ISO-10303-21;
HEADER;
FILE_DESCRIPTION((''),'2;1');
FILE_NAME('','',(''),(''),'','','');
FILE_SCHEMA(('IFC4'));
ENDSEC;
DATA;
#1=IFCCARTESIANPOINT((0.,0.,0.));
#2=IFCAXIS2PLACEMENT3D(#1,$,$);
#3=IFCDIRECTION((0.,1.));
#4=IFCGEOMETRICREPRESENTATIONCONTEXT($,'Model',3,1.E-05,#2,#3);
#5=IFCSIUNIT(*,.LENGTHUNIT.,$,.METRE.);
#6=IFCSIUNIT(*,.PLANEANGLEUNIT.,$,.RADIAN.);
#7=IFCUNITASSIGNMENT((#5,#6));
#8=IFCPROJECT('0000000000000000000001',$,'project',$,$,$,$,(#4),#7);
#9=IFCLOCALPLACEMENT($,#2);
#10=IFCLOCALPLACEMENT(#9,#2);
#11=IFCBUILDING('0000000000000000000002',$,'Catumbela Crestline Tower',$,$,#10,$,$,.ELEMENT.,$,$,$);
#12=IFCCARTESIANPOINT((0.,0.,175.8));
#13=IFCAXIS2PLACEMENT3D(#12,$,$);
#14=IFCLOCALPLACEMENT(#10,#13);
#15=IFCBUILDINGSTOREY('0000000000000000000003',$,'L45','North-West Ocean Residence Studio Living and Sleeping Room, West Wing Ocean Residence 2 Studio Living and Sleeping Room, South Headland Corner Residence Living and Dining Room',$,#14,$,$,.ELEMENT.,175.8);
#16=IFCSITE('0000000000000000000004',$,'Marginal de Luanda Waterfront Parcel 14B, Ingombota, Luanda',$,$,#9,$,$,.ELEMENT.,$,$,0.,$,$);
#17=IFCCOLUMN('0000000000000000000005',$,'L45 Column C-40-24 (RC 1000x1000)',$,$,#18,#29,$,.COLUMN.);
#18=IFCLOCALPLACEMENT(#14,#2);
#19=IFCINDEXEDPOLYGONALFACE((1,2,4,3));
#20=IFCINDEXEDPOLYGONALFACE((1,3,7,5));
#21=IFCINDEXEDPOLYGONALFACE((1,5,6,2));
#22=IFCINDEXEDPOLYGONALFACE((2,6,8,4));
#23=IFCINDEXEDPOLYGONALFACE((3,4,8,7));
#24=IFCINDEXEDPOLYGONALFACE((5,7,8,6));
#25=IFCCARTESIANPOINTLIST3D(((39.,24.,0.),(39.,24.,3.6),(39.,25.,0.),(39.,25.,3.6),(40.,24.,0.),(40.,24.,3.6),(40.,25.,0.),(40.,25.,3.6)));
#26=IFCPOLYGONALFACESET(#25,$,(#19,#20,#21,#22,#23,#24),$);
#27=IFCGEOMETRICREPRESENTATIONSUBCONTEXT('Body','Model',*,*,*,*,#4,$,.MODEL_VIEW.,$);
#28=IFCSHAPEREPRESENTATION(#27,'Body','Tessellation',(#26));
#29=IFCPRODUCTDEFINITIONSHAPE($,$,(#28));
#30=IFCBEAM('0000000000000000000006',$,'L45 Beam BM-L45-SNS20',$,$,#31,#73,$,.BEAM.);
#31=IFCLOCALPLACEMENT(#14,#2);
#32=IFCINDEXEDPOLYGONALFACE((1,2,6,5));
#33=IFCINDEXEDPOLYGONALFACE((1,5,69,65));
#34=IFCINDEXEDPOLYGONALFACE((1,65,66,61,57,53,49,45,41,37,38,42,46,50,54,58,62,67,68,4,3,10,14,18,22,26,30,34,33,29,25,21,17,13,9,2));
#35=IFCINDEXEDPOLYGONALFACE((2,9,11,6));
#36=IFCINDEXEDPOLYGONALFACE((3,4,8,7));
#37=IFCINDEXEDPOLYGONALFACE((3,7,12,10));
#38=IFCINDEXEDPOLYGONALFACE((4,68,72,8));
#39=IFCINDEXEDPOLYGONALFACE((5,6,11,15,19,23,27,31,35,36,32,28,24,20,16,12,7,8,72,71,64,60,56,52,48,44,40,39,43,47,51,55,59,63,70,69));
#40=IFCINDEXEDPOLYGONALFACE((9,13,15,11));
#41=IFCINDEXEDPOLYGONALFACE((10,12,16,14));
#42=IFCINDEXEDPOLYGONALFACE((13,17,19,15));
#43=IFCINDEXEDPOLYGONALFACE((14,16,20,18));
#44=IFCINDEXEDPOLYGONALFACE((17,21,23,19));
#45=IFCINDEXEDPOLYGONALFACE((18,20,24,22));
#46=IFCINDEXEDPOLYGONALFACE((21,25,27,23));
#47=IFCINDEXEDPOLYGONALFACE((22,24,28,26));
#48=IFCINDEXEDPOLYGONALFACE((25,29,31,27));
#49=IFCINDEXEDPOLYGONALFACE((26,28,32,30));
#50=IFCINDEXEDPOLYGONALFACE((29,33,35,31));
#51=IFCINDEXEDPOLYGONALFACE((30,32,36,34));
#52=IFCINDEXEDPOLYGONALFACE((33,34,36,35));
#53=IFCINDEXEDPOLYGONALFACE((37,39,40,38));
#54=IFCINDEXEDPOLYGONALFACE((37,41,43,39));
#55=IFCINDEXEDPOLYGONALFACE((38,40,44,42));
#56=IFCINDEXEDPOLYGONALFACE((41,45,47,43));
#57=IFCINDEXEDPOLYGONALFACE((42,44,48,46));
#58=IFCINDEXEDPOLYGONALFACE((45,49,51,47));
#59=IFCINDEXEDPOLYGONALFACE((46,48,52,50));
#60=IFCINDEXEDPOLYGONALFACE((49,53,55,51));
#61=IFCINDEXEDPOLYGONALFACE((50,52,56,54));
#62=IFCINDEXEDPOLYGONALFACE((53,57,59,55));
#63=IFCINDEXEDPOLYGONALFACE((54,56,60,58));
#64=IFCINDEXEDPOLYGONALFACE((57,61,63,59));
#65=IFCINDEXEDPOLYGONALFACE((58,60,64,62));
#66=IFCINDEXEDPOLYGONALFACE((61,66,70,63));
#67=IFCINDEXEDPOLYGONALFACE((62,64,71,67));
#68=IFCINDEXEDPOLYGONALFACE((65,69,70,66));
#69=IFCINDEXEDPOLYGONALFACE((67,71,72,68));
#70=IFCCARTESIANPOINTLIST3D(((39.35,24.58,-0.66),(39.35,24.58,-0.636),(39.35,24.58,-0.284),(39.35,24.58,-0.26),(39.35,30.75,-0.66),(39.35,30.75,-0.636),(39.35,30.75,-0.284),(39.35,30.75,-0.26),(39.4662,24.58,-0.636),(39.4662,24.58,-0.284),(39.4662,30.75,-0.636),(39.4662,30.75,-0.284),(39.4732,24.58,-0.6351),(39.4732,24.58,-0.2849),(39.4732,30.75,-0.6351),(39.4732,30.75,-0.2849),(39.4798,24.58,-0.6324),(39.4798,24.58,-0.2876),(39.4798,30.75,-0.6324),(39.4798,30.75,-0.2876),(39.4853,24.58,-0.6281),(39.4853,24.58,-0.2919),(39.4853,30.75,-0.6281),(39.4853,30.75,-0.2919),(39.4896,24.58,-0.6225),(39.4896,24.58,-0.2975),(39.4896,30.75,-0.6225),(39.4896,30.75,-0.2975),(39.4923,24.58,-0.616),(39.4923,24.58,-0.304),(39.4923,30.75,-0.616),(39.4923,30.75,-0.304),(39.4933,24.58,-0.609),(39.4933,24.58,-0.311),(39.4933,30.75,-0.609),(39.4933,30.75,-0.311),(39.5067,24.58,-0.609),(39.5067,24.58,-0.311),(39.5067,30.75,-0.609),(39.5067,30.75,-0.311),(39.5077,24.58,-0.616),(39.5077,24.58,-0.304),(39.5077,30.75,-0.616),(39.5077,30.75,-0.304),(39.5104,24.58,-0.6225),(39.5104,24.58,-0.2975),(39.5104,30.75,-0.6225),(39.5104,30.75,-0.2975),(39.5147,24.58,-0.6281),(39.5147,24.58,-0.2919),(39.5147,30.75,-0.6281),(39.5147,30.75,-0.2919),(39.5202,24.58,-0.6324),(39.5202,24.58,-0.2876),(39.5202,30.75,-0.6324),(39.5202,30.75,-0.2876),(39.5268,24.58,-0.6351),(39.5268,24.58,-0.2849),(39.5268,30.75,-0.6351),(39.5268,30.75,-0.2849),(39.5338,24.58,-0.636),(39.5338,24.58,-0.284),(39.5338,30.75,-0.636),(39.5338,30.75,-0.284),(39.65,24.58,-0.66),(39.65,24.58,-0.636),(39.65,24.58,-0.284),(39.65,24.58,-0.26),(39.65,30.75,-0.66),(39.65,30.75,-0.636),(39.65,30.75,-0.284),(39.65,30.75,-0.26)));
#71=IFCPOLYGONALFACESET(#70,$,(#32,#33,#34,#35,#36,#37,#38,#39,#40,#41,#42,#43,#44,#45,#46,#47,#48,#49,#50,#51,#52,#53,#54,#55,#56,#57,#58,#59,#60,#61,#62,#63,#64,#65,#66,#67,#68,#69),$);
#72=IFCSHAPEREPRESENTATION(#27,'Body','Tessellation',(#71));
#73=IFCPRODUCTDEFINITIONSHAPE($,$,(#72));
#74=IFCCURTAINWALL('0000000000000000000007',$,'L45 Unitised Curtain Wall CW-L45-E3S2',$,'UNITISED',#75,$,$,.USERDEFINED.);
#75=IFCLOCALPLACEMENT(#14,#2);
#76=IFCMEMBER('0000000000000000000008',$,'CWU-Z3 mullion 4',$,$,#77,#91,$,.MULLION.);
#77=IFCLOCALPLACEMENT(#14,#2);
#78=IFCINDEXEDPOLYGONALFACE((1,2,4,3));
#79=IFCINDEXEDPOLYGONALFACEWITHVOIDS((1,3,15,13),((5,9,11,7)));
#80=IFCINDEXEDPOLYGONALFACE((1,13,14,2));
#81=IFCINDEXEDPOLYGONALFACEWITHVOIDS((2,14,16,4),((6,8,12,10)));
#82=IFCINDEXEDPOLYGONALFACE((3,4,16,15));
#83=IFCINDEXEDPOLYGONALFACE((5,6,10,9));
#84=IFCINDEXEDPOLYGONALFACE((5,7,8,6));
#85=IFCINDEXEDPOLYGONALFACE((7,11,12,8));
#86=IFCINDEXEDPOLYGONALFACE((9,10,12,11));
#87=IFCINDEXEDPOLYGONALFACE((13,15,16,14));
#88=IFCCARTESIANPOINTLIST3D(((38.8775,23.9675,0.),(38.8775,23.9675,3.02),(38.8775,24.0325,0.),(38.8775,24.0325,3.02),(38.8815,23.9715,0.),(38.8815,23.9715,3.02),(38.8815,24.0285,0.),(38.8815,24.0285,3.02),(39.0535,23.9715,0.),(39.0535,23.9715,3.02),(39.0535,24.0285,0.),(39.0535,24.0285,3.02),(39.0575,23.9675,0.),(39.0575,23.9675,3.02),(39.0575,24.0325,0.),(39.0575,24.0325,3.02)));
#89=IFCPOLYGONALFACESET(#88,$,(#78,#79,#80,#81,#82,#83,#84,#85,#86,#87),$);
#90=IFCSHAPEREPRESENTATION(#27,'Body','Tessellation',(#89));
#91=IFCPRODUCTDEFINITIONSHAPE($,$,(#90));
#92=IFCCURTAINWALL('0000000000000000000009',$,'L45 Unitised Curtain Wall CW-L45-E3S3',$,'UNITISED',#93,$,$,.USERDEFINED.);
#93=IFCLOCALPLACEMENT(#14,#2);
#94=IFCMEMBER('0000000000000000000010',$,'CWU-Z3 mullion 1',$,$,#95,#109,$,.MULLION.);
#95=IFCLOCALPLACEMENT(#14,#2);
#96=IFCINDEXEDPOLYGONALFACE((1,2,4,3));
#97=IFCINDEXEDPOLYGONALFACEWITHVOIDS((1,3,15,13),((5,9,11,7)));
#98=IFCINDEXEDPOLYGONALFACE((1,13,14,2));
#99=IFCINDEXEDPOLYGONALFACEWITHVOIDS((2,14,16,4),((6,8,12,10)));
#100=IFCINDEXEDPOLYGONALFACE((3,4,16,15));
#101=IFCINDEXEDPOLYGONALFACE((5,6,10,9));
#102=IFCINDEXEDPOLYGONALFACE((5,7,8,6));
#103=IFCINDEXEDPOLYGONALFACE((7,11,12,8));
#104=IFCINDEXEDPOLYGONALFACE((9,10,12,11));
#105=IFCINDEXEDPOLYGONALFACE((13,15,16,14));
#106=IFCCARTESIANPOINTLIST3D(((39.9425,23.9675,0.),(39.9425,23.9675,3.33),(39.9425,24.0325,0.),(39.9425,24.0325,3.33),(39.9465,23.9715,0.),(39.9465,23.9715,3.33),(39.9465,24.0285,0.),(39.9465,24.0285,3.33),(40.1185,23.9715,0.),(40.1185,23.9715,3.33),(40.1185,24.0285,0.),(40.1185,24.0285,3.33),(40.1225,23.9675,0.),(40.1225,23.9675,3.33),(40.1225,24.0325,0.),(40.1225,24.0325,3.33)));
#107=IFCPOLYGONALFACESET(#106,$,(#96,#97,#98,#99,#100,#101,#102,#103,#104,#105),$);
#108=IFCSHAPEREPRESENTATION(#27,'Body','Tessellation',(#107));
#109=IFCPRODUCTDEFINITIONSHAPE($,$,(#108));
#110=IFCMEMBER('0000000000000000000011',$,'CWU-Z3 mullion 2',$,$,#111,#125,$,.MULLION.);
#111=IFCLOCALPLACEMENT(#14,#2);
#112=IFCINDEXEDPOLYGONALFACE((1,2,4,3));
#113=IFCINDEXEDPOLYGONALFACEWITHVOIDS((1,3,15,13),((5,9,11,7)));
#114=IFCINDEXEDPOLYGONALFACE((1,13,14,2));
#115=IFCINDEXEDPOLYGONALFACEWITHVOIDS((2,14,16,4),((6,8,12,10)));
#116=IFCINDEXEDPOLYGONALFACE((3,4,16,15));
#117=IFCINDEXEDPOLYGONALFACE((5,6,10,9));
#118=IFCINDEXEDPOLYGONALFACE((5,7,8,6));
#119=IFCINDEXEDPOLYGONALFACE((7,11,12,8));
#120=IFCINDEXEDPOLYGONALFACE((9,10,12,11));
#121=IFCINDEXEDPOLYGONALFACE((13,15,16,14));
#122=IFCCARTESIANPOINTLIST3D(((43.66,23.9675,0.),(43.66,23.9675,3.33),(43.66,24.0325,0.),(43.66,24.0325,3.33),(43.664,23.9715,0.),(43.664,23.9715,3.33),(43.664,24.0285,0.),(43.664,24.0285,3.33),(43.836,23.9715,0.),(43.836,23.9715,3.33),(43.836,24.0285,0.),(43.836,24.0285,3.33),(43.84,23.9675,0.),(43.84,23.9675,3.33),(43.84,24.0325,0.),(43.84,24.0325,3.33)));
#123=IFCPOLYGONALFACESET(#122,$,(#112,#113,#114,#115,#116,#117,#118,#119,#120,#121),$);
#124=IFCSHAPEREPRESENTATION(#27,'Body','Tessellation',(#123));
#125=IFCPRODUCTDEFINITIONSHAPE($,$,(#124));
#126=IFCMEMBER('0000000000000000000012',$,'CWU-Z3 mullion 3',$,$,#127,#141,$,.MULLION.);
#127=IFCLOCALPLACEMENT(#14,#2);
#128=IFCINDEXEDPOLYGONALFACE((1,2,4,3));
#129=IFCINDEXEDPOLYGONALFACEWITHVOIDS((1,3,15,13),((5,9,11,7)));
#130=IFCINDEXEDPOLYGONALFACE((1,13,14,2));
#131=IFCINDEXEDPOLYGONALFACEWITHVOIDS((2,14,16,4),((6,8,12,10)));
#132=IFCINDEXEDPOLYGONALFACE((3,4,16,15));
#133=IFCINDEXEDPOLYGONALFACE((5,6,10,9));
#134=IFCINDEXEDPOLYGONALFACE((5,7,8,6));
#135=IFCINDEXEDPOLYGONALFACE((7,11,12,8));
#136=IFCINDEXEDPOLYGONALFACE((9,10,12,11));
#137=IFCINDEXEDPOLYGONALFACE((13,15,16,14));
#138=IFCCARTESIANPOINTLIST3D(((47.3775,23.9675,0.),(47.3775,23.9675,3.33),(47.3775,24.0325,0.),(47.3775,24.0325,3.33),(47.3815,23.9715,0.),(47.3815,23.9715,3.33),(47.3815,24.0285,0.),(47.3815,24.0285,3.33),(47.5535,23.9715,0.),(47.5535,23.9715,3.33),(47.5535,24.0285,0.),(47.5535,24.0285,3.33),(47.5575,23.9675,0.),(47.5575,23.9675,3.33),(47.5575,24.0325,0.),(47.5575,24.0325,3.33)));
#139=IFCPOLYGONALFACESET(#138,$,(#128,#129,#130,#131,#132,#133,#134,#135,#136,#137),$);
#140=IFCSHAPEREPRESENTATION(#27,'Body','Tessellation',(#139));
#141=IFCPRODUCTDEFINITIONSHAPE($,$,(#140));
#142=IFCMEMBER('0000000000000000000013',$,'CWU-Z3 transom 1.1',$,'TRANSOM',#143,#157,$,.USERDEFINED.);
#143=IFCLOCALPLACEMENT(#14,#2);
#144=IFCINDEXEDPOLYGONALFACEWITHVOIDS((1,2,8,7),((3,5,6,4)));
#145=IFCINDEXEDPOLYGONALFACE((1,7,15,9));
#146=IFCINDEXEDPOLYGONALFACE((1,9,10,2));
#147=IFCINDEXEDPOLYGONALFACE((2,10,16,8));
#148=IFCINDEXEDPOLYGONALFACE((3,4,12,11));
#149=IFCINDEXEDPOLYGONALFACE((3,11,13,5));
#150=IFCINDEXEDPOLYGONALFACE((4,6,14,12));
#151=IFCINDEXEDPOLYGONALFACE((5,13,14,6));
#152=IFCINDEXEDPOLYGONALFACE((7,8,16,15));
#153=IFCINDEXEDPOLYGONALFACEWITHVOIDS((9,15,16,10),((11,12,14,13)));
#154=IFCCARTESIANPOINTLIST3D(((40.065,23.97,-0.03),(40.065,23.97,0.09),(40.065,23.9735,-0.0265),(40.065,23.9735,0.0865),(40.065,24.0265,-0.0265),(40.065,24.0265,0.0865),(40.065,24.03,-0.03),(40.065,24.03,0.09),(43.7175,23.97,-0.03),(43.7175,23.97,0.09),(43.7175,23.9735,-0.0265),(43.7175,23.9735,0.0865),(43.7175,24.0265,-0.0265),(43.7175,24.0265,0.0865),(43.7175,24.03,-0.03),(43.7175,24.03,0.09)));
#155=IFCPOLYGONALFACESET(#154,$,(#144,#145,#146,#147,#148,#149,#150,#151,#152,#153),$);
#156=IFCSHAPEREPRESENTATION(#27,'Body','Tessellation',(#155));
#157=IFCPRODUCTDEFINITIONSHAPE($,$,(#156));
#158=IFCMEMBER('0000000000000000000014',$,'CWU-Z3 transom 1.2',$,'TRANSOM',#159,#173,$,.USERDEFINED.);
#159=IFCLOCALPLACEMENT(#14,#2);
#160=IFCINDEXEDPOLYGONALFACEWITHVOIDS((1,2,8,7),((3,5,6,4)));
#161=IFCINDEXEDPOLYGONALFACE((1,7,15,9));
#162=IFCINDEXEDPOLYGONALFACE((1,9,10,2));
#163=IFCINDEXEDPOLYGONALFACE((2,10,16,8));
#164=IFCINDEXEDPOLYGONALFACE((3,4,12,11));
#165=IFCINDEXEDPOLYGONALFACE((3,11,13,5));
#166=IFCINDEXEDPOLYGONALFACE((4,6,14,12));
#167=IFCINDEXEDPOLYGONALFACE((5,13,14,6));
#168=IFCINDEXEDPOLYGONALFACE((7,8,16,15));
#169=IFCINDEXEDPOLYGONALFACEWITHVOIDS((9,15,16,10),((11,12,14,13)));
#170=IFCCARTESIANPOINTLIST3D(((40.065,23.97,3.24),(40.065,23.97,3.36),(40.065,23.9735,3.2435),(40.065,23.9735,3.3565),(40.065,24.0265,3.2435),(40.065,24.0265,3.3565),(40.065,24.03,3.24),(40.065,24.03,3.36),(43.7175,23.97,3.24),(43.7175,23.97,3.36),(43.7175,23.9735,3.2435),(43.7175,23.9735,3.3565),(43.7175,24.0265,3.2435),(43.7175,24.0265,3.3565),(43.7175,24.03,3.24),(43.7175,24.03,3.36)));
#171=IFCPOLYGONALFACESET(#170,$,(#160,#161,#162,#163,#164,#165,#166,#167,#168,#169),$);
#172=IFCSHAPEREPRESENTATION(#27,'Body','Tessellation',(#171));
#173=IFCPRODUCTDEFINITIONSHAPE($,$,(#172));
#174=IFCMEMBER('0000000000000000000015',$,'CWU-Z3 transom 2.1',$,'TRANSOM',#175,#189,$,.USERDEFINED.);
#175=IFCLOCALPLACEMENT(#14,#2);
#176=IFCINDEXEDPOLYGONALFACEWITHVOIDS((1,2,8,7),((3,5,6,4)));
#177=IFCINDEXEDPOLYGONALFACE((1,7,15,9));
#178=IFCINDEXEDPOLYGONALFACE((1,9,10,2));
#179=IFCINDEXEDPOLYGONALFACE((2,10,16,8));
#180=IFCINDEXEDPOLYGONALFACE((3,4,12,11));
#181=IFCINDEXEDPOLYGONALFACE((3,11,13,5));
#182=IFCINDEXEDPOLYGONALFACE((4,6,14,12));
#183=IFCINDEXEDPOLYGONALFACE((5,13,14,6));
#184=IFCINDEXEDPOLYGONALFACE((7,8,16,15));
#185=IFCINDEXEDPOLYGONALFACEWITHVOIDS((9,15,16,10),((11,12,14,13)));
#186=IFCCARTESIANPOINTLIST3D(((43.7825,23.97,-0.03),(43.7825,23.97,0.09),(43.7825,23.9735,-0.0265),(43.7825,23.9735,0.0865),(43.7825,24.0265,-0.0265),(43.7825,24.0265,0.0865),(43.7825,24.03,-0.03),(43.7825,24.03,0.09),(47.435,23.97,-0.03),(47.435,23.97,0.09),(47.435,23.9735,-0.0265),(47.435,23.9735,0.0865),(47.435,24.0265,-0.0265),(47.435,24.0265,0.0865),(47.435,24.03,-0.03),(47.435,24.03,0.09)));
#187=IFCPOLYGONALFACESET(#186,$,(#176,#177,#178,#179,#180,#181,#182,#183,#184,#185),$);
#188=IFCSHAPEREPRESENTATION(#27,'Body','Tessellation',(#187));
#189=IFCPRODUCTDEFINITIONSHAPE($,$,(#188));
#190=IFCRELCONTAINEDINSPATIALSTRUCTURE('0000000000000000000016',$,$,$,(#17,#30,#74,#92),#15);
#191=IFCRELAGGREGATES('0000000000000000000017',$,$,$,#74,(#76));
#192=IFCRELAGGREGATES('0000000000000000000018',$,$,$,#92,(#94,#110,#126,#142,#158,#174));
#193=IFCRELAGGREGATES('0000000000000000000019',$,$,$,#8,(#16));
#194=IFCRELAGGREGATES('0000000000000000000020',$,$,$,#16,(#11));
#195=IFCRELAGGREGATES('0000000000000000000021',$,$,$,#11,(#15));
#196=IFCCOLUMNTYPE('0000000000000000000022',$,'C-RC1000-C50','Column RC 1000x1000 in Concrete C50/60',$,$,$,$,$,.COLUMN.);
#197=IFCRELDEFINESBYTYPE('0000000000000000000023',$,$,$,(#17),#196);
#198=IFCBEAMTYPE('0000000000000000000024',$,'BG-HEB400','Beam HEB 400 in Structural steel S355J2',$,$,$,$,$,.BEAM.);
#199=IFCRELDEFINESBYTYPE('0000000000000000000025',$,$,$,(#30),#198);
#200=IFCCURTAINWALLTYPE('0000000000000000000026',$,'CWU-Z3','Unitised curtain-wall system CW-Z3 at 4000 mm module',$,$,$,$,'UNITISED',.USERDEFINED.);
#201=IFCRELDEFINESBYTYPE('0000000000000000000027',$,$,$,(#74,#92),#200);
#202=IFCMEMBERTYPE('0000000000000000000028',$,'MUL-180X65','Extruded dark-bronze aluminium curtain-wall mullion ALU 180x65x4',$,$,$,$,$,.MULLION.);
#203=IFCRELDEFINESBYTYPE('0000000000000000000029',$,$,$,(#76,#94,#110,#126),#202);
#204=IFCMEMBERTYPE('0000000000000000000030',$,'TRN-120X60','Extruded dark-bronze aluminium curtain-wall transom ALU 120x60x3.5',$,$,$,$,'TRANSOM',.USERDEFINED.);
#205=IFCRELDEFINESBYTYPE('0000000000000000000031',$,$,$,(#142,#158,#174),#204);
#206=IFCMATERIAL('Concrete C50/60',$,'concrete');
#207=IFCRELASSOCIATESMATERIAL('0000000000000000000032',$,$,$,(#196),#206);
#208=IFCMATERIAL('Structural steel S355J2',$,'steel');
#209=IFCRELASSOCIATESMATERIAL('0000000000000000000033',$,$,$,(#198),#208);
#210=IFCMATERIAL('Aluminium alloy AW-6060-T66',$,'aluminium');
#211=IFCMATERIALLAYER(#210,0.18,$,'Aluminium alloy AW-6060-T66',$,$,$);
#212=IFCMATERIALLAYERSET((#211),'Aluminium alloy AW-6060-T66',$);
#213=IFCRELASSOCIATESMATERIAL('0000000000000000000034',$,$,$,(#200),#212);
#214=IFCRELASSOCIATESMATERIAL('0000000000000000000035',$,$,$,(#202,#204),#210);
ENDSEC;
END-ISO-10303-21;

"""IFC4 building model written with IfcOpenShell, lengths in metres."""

from ifc_helpers import new_model, si_unit, direction, frame, origin, origin_2d, place, context, subcontext, project, spatial, rectangle, hollow_rectangle, i_section, extrude, material, layer, layer_set, material_profile, profile_set, type_object, element, aggregate, save


model = new_model("IFC4")

# Units and contexts
model_context = context("Model", 3, precision=1e-05, world=origin(), true_north=direction((0.0, 1.0)))
body_context = subcontext(model_context, "Body", "Model", "MODEL_VIEW")
ifc_project = project(units=[si_unit("LENGTHUNIT", "METRE"), si_unit("PLANEANGLEUNIT", "RADIAN")], contexts=[model_context])

# Site, building, storey
site_placement = place(None, origin())
site = spatial("IfcSite", under=ifc_project, at=site_placement, Name="Marginal de Luanda Waterfront Parcel 14B, Ingombota, Luanda", CompositionType="ELEMENT", RefElevation=0.0)
building_placement = place(site_placement, origin())
building = spatial("IfcBuilding", under=site, at=building_placement, Name="Catumbela Crestline Tower", CompositionType="ELEMENT")
storey_placement = place(building_placement, frame((0.0, 0.0, 175.8)))
storey = spatial("IfcBuildingStorey", under=building, at=storey_placement, Name="L45", Description="North-West Ocean Residence Studio Living and Sleeping Room, West Wing Ocean Residence 2 Studio Living and Sleeping Room, South Headland Corner Residence Living and Dining Room", CompositionType="ELEMENT", Elevation=175.8)

# Column
ifc_material_1 = material(Name="Concrete C50/60", Category="concrete")
ifc_material_profile_1 = material_profile(ifc_material_1, rectangle(XDim=1.0, YDim=1.0, at=origin_2d()), Name="RC 1000x1000")
ifc_profile_set_1 = profile_set([ifc_material_profile_1], Name="Concrete C50/60")
column_type = type_object("IfcColumnType", Name="C-RC1000-C50", Description="Column RC 1000x1000 in Concrete C50/60", PredefinedType="COLUMN", material=ifc_profile_set_1)
column_placement = place(storey_placement, frame((39.5, 24.5, 0.0), z_axis=(0.0, 0.0, 1.0), x_axis=(1.0, 0.0, 0.0)))
element("IfcColumn", 1, at=column_placement, inside=storey, type_object=column_type, Name="L45 Column C-40-24 (RC 1000x1000)", PredefinedType="COLUMN", context=body_context, shape_type="SweptSolid", body=[
    extrude(rectangle(XDim=1.0, YDim=1.0, at=origin_2d()), origin(), (0.0, 0.0, 1.0), 3.6),
])

# Beam
ifc_material_2 = material(Name="Structural steel S355J2", Category="steel")
ifc_material_profile_2 = material_profile(ifc_material_2, i_section(OverallWidth=0.3, OverallDepth=0.4, WebThickness=0.0135, FlangeThickness=0.024, FilletRadius=0.027, at=origin_2d()), Name="HEB 400")
ifc_profile_set_2 = profile_set([ifc_material_profile_2], Name="Structural steel S355J2")
beam_type = type_object("IfcBeamType", Name="BG-HEB400", Description="Beam HEB 400 in Structural steel S355J2", PredefinedType="BEAM", material=ifc_profile_set_2)
beam_placement = place(storey_placement, frame((39.5, 24.58, -0.46), z_axis=(0.0, 1.0, 0.0), x_axis=(-1.0, 0.0, 0.0)))
element("IfcBeam", 2, at=beam_placement, inside=storey, type_object=beam_type, Name="L45 Beam BM-L45-SNS20", PredefinedType="BEAM", context=body_context, shape_type="SweptSolid", body=[
    extrude(i_section(OverallWidth=0.3, OverallDepth=0.4, WebThickness=0.0135, FlangeThickness=0.024, FilletRadius=0.027, at=origin_2d()), origin(), (0.0, 0.0, 1.0), 6.17),
])

# Curtain wall, member
ifc_material_3 = material(Name="Aluminium alloy AW-6060-T66", Category="aluminium")
ifc_layer_1 = layer(ifc_material_3, 0.18, Name="Aluminium alloy AW-6060-T66")
ifc_layer_set_1 = layer_set([ifc_layer_1], Name="Aluminium alloy AW-6060-T66")
curtain_wall_type = type_object("IfcCurtainWallType", Name="CWU-Z3", Description="Unitised curtain-wall system CW-Z3 at 4000 mm module", ElementType="UNITISED", PredefinedType="USERDEFINED", material=ifc_layer_set_1)
curtain_wall_1_placement = place(storey_placement, origin())
curtain_wall_1 = element("IfcCurtainWall", 3, at=curtain_wall_1_placement, inside=storey, type_object=curtain_wall_type, Name="L45 Unitised Curtain Wall CW-L45-E3S2", ObjectType="UNITISED", PredefinedType="USERDEFINED")
ifc_material_profile_3 = material_profile(ifc_material_3, hollow_rectangle(XDim=0.065, YDim=0.18, WallThickness=0.004, at=origin_2d()), Name="ALU 180x65x4")
ifc_profile_set_3 = profile_set([ifc_material_profile_3], Name="Aluminium alloy AW-6060-T66")
member_type_1 = type_object("IfcMemberType", Name="MUL-180X65", Description="Extruded dark-bronze aluminium curtain-wall mullion ALU 180x65x4", PredefinedType="MULLION", material=ifc_profile_set_3)
member_1_placement = place(storey_placement, frame((38.9675, 24.0, 0.0), z_axis=(0.0, 0.0, 1.0), x_axis=(0.0, 1.0, 0.0)))
member_1 = element("IfcMember", 4, at=member_1_placement, type_object=member_type_1, Name="CWU-Z3 mullion 4", PredefinedType="MULLION", context=body_context, shape_type="SweptSolid", body=[
    extrude(hollow_rectangle(XDim=0.065, YDim=0.18, WallThickness=0.004, at=origin_2d()), origin(), (0.0, 0.0, 1.0), 3.02),
])

# Curtain wall, members
curtain_wall_2_placement = place(storey_placement, origin())
curtain_wall_2 = element("IfcCurtainWall", 5, at=curtain_wall_2_placement, inside=storey, type_object=curtain_wall_type, Name="L45 Unitised Curtain Wall CW-L45-E3S3", ObjectType="UNITISED", PredefinedType="USERDEFINED")
member_2_placement = place(storey_placement, frame((40.0325, 24.0, 0.0), z_axis=(0.0, 0.0, 1.0), x_axis=(0.0, 1.0, 0.0)))
member_2 = element("IfcMember", 6, at=member_2_placement, type_object=member_type_1, Name="CWU-Z3 mullion 1", PredefinedType="MULLION", context=body_context, shape_type="SweptSolid", body=[
    extrude(hollow_rectangle(XDim=0.065, YDim=0.18, WallThickness=0.004, at=origin_2d()), origin(), (0.0, 0.0, 1.0), 3.33),
])
member_3_placement = place(storey_placement, frame((43.75, 24.0, 0.0), z_axis=(0.0, 0.0, 1.0), x_axis=(0.0, 1.0, 0.0)))
member_3 = element("IfcMember", 7, at=member_3_placement, type_object=member_type_1, Name="CWU-Z3 mullion 2", PredefinedType="MULLION", context=body_context, shape_type="SweptSolid", body=[
    extrude(hollow_rectangle(XDim=0.065, YDim=0.18, WallThickness=0.004, at=origin_2d()), origin(), (0.0, 0.0, 1.0), 3.33),
])
member_4_placement = place(storey_placement, frame((47.4675, 24.0, 0.0), z_axis=(0.0, 0.0, 1.0), x_axis=(0.0, 1.0, 0.0)))
member_4 = element("IfcMember", 8, at=member_4_placement, type_object=member_type_1, Name="CWU-Z3 mullion 3", PredefinedType="MULLION", context=body_context, shape_type="SweptSolid", body=[
    extrude(hollow_rectangle(XDim=0.065, YDim=0.18, WallThickness=0.004, at=origin_2d()), origin(), (0.0, 0.0, 1.0), 3.33),
])
ifc_material_profile_4 = material_profile(ifc_material_3, hollow_rectangle(XDim=0.06, YDim=0.12, WallThickness=0.0035, at=origin_2d()), Name="ALU 120x60x3.5")
ifc_profile_set_4 = profile_set([ifc_material_profile_4], Name="Aluminium alloy AW-6060-T66")
member_type_2 = type_object("IfcMemberType", Name="TRN-120X60", Description="Extruded dark-bronze aluminium curtain-wall transom ALU 120x60x3.5", ElementType="TRANSOM", PredefinedType="USERDEFINED", material=ifc_profile_set_4)
member_5_placement = place(storey_placement, frame((40.065, 24.0, 0.03), z_axis=(1.0, 0.0, 0.0), x_axis=(0.0, 1.0, 0.0)))
member_5 = element("IfcMember", 9, at=member_5_placement, type_object=member_type_2, Name="CWU-Z3 transom 1.1", ObjectType="TRANSOM", PredefinedType="USERDEFINED", context=body_context, shape_type="SweptSolid", body=[
    extrude(hollow_rectangle(XDim=0.06, YDim=0.12, WallThickness=0.0035, at=origin_2d()), origin(), (0.0, 0.0, 1.0), 3.6525),
])
member_6_placement = place(storey_placement, frame((40.065, 24.0, 3.3), z_axis=(1.0, 0.0, 0.0), x_axis=(0.0, 1.0, 0.0)))
member_6 = element("IfcMember", 10, at=member_6_placement, type_object=member_type_2, Name="CWU-Z3 transom 1.2", ObjectType="TRANSOM", PredefinedType="USERDEFINED", context=body_context, shape_type="SweptSolid", body=[
    extrude(hollow_rectangle(XDim=0.06, YDim=0.12, WallThickness=0.0035, at=origin_2d()), origin(), (0.0, 0.0, 1.0), 3.6525),
])
member_7_placement = place(storey_placement, frame((43.7825, 24.0, 0.03), z_axis=(1.0, 0.0, 0.0), x_axis=(0.0, 1.0, 0.0)))
member_7 = element("IfcMember", 11, at=member_7_placement, type_object=member_type_2, Name="CWU-Z3 transom 2.1", ObjectType="TRANSOM", PredefinedType="USERDEFINED", context=body_context, shape_type="SweptSolid", body=[
    extrude(hollow_rectangle(XDim=0.06, YDim=0.12, WallThickness=0.0035, at=origin_2d()), origin(), (0.0, 0.0, 1.0), 3.6525),
])

aggregate(curtain_wall_1, [member_1])
aggregate(curtain_wall_2, [member_2, member_3, member_4, member_5, member_6, member_7])

save(model, "model.ifc")
